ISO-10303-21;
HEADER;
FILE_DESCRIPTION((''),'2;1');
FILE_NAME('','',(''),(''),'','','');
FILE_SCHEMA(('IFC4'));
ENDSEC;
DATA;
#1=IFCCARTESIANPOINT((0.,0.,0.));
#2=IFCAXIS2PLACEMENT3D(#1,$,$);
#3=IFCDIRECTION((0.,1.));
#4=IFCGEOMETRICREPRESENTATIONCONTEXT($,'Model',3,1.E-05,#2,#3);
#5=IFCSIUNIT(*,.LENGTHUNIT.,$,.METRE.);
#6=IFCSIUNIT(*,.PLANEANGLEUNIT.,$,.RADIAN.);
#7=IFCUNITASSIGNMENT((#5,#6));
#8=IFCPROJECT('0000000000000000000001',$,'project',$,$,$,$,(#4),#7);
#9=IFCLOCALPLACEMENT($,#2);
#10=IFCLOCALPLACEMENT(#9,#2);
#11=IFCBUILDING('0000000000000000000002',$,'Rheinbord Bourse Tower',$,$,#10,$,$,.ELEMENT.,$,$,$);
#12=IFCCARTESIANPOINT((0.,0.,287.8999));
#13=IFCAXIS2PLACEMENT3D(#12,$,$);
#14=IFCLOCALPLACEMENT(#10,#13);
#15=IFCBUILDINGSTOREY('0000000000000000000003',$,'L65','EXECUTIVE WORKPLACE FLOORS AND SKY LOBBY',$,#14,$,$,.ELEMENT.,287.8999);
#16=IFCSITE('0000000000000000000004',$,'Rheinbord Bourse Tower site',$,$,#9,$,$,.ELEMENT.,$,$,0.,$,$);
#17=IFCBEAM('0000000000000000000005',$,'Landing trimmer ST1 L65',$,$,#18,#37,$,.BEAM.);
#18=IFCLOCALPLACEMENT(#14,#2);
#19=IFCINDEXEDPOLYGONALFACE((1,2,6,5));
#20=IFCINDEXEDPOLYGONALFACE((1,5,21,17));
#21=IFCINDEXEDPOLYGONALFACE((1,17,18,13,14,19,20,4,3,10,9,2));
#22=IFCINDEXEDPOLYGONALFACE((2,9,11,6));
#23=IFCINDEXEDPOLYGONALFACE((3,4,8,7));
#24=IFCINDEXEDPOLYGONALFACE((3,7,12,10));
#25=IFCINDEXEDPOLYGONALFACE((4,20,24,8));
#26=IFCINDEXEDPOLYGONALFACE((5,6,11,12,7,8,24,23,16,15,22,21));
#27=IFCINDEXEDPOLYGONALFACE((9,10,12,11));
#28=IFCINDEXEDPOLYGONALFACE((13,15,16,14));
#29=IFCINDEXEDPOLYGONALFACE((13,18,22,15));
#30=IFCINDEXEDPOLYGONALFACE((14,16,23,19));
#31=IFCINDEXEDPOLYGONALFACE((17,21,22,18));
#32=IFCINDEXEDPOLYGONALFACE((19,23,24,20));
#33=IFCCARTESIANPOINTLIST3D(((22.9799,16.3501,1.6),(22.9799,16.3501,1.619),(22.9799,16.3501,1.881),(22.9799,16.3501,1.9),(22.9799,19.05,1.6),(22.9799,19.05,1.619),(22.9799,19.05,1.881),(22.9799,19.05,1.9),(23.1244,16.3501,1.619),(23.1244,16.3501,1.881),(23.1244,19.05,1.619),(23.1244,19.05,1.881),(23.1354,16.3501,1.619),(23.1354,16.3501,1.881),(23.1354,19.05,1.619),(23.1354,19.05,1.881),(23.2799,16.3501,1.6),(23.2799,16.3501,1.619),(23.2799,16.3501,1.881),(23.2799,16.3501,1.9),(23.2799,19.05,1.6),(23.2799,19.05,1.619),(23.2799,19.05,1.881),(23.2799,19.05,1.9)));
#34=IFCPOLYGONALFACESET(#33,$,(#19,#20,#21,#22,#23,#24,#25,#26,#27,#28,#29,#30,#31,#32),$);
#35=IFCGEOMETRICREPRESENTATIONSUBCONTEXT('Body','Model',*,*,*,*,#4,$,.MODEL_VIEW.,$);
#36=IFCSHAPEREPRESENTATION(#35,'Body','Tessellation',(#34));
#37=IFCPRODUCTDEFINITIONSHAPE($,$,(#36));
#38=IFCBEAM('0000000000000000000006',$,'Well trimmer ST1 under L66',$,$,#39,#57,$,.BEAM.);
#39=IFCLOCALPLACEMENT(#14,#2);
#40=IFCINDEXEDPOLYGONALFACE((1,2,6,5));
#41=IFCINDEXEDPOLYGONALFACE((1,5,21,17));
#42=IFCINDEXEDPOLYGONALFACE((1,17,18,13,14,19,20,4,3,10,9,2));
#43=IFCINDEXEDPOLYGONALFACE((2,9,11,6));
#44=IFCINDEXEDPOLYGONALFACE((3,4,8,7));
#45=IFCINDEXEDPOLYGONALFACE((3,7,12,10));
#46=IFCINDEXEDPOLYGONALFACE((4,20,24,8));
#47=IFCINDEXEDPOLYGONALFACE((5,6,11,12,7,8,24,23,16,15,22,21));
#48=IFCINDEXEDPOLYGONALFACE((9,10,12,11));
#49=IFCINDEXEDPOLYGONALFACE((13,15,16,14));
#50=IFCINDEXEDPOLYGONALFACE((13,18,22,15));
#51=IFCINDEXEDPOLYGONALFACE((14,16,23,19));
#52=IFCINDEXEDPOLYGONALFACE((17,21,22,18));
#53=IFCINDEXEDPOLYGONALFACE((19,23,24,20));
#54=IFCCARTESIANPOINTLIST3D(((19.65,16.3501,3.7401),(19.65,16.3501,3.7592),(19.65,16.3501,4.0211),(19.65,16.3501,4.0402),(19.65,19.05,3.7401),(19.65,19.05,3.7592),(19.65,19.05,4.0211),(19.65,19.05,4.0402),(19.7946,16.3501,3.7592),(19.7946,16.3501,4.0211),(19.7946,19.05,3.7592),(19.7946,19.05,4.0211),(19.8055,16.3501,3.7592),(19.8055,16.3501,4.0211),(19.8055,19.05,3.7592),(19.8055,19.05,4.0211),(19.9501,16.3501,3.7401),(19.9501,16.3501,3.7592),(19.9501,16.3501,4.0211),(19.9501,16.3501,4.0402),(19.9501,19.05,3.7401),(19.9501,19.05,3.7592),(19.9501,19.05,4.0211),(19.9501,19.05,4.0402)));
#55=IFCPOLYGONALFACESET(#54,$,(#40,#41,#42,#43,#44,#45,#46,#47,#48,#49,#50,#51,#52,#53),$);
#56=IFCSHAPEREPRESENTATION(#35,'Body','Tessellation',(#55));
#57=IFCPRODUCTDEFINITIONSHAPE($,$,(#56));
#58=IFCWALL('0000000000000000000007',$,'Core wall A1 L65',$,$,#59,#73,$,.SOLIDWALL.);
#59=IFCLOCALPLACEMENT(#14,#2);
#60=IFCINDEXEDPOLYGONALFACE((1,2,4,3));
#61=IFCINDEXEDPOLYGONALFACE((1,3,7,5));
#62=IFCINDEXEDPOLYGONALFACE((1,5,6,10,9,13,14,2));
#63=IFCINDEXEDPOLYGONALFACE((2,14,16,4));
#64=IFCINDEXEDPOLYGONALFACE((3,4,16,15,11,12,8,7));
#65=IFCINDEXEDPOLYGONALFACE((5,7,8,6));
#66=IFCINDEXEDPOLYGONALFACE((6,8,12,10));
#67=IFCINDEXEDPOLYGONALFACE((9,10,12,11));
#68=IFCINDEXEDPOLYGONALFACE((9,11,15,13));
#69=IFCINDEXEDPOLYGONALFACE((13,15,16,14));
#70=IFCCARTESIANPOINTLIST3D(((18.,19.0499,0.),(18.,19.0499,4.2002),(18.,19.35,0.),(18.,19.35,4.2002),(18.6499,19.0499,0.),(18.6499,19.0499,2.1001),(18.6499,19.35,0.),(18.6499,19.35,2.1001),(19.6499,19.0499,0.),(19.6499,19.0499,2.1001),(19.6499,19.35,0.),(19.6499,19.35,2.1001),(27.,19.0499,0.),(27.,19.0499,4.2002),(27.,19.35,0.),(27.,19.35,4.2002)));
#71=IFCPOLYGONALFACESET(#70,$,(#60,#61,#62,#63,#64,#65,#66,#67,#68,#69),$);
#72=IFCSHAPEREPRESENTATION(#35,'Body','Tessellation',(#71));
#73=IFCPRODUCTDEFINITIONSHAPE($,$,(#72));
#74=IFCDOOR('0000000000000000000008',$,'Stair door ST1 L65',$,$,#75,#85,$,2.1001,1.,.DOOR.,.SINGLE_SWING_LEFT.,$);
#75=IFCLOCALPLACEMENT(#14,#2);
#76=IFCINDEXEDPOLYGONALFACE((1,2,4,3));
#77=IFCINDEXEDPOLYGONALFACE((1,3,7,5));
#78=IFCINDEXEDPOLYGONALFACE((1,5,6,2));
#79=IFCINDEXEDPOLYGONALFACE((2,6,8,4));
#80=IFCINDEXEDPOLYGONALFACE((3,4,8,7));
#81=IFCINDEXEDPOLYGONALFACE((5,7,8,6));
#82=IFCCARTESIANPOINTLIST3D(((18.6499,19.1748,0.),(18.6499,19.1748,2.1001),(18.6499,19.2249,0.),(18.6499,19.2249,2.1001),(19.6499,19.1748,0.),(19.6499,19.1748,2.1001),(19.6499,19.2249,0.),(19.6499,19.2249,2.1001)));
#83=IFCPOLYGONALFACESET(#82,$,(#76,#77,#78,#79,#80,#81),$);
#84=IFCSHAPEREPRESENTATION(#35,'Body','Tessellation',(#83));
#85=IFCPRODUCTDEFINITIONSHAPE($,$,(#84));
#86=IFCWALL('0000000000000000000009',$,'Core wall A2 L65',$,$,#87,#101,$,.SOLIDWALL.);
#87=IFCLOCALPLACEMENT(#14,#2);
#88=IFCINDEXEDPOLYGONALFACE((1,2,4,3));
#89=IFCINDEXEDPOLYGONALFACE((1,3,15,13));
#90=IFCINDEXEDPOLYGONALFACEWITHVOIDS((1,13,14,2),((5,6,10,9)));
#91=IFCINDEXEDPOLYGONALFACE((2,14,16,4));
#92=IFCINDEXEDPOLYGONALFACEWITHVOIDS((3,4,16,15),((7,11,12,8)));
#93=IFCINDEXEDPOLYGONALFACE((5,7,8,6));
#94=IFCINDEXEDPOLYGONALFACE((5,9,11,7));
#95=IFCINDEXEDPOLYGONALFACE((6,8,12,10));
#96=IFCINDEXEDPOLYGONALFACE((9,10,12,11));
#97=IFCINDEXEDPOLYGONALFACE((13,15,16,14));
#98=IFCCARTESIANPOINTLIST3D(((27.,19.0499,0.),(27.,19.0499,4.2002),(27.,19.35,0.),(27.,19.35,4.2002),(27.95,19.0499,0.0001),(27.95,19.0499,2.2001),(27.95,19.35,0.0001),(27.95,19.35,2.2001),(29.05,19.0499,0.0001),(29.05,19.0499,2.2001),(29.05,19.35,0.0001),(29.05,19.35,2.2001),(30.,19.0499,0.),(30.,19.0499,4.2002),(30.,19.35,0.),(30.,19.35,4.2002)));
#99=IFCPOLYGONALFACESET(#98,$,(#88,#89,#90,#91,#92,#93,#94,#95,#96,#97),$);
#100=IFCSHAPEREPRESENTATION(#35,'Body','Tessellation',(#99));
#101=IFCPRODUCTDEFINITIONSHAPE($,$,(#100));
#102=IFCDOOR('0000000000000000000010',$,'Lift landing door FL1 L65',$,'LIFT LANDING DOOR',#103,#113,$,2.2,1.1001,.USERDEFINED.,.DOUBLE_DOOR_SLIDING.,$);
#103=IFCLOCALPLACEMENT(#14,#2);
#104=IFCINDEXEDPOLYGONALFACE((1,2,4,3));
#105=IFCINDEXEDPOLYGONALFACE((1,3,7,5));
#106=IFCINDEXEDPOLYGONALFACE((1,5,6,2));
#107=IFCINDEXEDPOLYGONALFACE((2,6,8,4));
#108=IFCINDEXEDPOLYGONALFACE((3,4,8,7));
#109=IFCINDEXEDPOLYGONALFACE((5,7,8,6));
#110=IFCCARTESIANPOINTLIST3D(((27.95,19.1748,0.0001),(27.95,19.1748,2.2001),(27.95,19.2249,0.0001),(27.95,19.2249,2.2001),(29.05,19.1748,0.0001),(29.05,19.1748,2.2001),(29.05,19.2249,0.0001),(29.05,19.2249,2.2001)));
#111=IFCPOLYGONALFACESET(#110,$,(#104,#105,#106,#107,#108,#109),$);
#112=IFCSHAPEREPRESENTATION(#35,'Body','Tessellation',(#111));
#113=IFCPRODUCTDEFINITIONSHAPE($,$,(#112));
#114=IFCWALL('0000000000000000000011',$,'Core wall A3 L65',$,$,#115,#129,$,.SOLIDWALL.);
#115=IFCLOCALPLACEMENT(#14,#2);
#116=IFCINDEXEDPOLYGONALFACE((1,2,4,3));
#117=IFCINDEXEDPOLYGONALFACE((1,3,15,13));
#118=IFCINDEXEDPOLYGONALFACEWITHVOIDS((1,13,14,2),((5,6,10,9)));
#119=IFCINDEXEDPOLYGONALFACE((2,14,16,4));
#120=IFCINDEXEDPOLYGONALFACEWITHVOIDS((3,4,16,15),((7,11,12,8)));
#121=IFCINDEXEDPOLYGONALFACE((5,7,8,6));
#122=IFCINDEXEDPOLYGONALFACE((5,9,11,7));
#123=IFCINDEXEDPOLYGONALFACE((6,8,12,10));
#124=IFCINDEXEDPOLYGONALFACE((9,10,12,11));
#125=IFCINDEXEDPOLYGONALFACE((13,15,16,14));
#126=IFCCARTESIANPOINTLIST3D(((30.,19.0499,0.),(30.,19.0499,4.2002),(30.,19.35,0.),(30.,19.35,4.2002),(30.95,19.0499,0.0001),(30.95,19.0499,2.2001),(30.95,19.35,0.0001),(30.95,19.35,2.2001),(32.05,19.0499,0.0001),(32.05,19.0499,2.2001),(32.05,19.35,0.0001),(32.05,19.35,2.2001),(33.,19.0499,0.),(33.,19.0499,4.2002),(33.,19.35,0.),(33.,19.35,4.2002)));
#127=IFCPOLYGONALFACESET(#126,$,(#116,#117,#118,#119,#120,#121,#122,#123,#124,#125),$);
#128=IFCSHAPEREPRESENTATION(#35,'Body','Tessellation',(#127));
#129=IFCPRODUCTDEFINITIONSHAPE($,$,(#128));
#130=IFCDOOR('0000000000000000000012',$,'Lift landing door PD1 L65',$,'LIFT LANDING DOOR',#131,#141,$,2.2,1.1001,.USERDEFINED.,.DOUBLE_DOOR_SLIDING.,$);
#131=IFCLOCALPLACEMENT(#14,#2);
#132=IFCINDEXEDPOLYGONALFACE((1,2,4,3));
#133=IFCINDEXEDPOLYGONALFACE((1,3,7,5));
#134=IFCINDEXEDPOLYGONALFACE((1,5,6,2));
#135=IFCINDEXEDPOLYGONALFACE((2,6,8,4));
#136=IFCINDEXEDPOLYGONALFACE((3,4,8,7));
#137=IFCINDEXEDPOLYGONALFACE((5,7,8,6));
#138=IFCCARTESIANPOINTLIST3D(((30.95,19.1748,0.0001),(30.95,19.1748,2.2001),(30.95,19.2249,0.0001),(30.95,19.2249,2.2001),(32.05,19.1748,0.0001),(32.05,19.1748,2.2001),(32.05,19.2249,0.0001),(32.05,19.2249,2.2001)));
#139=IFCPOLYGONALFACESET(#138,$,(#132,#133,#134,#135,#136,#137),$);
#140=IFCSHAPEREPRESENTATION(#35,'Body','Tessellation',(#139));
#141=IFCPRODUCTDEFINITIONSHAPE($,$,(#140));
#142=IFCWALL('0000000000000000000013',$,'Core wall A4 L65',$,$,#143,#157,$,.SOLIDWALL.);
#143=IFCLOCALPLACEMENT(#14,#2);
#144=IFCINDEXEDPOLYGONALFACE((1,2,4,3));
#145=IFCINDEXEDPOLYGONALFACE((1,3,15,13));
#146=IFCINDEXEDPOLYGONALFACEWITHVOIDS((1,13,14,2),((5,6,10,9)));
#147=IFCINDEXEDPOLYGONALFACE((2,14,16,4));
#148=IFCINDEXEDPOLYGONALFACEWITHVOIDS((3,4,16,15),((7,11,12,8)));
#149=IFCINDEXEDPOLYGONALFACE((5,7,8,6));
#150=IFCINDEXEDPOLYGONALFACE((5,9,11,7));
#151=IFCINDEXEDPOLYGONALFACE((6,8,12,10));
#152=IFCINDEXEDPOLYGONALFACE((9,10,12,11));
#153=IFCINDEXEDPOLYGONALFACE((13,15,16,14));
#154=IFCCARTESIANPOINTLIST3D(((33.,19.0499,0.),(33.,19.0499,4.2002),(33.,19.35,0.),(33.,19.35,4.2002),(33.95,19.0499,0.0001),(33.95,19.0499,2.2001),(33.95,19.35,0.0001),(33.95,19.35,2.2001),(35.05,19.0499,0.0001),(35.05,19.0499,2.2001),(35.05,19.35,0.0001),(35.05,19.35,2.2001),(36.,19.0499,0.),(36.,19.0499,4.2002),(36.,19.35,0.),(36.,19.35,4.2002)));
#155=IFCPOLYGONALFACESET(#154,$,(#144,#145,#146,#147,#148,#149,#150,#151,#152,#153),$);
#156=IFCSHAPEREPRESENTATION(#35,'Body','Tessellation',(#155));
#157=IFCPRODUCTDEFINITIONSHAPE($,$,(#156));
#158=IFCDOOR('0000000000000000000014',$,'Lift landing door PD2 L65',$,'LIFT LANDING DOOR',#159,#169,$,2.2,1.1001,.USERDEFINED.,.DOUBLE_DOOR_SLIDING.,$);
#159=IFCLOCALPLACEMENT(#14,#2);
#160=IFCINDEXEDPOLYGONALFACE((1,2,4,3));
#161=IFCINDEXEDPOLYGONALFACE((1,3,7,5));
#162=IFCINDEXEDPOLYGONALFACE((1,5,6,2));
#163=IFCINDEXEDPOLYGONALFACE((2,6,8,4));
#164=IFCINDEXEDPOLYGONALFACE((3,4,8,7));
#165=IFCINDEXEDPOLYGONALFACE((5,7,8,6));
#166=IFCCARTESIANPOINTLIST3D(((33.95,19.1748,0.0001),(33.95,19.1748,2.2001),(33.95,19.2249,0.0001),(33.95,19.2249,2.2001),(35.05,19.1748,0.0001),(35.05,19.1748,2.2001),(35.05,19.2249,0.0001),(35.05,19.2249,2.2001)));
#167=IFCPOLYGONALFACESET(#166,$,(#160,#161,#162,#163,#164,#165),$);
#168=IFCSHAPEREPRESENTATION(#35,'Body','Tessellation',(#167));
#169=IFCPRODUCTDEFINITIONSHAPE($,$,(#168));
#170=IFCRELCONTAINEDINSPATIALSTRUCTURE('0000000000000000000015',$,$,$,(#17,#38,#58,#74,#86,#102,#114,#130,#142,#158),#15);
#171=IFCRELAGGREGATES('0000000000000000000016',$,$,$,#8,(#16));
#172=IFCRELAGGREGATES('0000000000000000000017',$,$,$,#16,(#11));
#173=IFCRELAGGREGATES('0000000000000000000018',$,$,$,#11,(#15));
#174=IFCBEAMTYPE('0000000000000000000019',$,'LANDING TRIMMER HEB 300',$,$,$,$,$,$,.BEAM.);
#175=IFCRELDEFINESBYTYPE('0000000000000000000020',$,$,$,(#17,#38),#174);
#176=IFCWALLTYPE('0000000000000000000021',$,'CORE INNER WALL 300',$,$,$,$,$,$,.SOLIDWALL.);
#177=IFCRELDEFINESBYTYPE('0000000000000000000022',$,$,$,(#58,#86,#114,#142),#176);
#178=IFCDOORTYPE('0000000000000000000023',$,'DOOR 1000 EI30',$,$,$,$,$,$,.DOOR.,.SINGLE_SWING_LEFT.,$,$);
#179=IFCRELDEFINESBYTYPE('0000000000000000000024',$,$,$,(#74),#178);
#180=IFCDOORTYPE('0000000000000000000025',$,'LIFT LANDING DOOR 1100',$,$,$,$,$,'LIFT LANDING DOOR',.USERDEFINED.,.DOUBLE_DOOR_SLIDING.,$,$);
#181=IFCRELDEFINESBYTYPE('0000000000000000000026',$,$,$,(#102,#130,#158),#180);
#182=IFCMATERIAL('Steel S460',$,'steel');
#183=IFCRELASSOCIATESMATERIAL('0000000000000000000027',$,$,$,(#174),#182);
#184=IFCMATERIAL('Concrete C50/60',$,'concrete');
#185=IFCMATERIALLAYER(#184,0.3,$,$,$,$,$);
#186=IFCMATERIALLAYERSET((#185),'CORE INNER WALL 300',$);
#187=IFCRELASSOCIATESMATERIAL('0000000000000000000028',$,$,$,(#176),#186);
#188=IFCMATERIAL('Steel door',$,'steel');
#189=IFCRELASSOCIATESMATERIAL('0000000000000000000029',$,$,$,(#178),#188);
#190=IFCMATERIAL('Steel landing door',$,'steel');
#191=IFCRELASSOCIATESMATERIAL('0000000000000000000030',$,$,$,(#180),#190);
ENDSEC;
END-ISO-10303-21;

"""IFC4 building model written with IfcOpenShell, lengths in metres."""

from ifc_helpers import new_model, si_unit, direction, frame, frame_2d, origin, origin_2d, place, context, subcontext, project, spatial, rectangle, i_section, extrude, material, layer, layer_set, material_profile, profile_set, type_object, element, fill, save


model = new_model("IFC4")

# Units and contexts
model_context = context("Model", 3, precision=1e-05, world=origin(), true_north=direction((0.0, 1.0)))
body_context = subcontext(model_context, "Body", "Model", "MODEL_VIEW")
ifc_project = project(units=[si_unit("LENGTHUNIT", "METRE"), si_unit("PLANEANGLEUNIT", "RADIAN")], contexts=[model_context])

# Site, building, storey
site_placement = place(None, origin())
site = spatial("IfcSite", under=ifc_project, at=site_placement, Name="Rheinbord Bourse Tower site", CompositionType="ELEMENT", RefElevation=0.0)
building_placement = place(site_placement, origin())
building = spatial("IfcBuilding", under=site, at=building_placement, Name="Rheinbord Bourse Tower", CompositionType="ELEMENT")
storey_placement = place(building_placement, frame((0.0, 0.0, 287.8999)))
storey = spatial("IfcBuildingStorey", under=building, at=storey_placement, Name="L65", Description="EXECUTIVE WORKPLACE FLOORS AND SKY LOBBY", CompositionType="ELEMENT", Elevation=287.8999)

# Beams
ifc_material_1 = material(Name="Steel S460", Category="steel")
ifc_material_profile = material_profile(ifc_material_1, i_section(OverallWidth=0.3, OverallDepth=0.3, WebThickness=0.011, FlangeThickness=0.019, at=origin_2d()), Name="HEB 300")
ifc_profile_set = profile_set([ifc_material_profile], Name="Steel S460")
beam_type = type_object("IfcBeamType", Name="LANDING TRIMMER HEB 300", PredefinedType="BEAM", material=ifc_profile_set)
for number, where, z_axis, x_axis, name in (
    (1, (23.1299, 16.3501, 1.75), (0.0, 1.0, 0.0), (-1.0, 0.0, 0.0), "Landing trimmer ST1 L65"),
    (2, (19.8, 16.3501, 3.8901), (0.0, 1.0, 0.0), (-1.0, 0.0, 0.0), "Well trimmer ST1 under L66"),
):
    element("IfcBeam", number, at=place(storey_placement, frame(where, z_axis=z_axis, x_axis=x_axis)), inside=storey, type_object=beam_type, Name=name, PredefinedType="BEAM", context=body_context, shape_type="SweptSolid", body=[
        extrude(i_section(OverallWidth=0.3, OverallDepth=0.3, WebThickness=0.011, FlangeThickness=0.019, at=origin_2d()), origin(), (0.0, 0.0, 1.0), 2.7),
    ])

# Walls, openings, doors
ifc_material_2 = material(Name="Concrete C50/60", Category="concrete")
ifc_layer_1 = layer(ifc_material_2, 0.3)
ifc_layer_set_1 = layer_set([ifc_layer_1], Name="CORE INNER WALL 300")
wall_type_1 = type_object("IfcWallType", Name="CORE INNER WALL 300", PredefinedType="SOLIDWALL", material=ifc_layer_set_1)
wall_1_placement = place(storey_placement, frame((18.0, 19.2, 0.0), z_axis=(0.0, 0.0, 1.0), x_axis=(1.0, 0.0, 0.0)))
wall_1 = element("IfcWall", 3, at=wall_1_placement, inside=storey, type_object=wall_type_1, Name="Core wall A1 L65", PredefinedType="SOLIDWALL", context=body_context, shape_type="SweptSolid", body=[
    extrude(rectangle(XDim=9.0, YDim=0.3, at=frame_2d((4.5, 0.0))), origin(), (0.0, 0.0, 1.0), 4.2002),
])
opening_1_placement = place(wall_1_placement, frame((0.6499, 0.0, 0.0)))
opening_1 = element("IfcOpeningElement", 4, at=opening_1_placement, cuts=wall_1, PredefinedType="OPENING", context=body_context, shape_type="SweptSolid", body=[
    extrude(rectangle(XDim=1.0, YDim=2.1001, at=frame_2d((0.5, 1.05))), frame((0.0, 0.1599, 0.0), z_axis=(0.0, -1.0, 0.0), x_axis=(1.0, 0.0, 0.0)), (0.0, 0.0, 1.0), 0.3201),
])
ifc_material_3 = material(Name="Steel door", Category="steel")
door_type_1 = type_object("IfcDoorType", Name="DOOR 1000 EI30", OperationType="SINGLE_SWING_LEFT", PredefinedType="DOOR", material=ifc_material_3)
door_1_placement = place(opening_1_placement, origin())
door_1 = element("IfcDoor", 5, at=door_1_placement, inside=storey, type_object=door_type_1, Name="Stair door ST1 L65", OperationType="SINGLE_SWING_LEFT", OverallHeight=2.1001, OverallWidth=1.0, PredefinedType="DOOR", context=body_context, shape_type="SweptSolid", body=[
    extrude(rectangle(XDim=1.0, YDim=2.1001, at=frame_2d((0.5, 1.05))), frame((0.0, 0.0249, 0.0), z_axis=(0.0, -1.0, 0.0), x_axis=(1.0, 0.0, 0.0)), (0.0, 0.0, 1.0), 0.05),
])
fill(opening_1, door_1)
wall_2_placement = place(storey_placement, frame((27.0, 19.2, 0.0), z_axis=(0.0, 0.0, 1.0), x_axis=(1.0, 0.0, 0.0)))
wall_2 = element("IfcWall", 6, at=wall_2_placement, inside=storey, type_object=wall_type_1, Name="Core wall A2 L65", PredefinedType="SOLIDWALL", context=body_context, shape_type="SweptSolid", body=[
    extrude(rectangle(XDim=3.0, YDim=0.3, at=frame_2d((1.5, 0.0))), origin(), (0.0, 0.0, 1.0), 4.2002),
])
opening_2_placement = place(wall_2_placement, frame((0.95, 0.0, 0.0)))
opening_2 = element("IfcOpeningElement", 7, at=opening_2_placement, cuts=wall_2, PredefinedType="OPENING", context=body_context, shape_type="SweptSolid", body=[
    extrude(rectangle(XDim=1.1001, YDim=2.2, at=frame_2d((0.55, 1.1001))), frame((0.0, 0.1599, 0.0), z_axis=(0.0, -1.0, 0.0), x_axis=(1.0, 0.0, 0.0)), (0.0, 0.0, 1.0), 0.3201),
])
ifc_material_4 = material(Name="Steel landing door", Category="steel")
door_type_2 = type_object("IfcDoorType", Name="LIFT LANDING DOOR 1100", ElementType="LIFT LANDING DOOR", OperationType="DOUBLE_DOOR_SLIDING", PredefinedType="USERDEFINED", material=ifc_material_4)
door_2_placement = place(opening_2_placement, origin())
door_2 = element("IfcDoor", 8, at=door_2_placement, inside=storey, type_object=door_type_2, Name="Lift landing door FL1 L65", ObjectType="LIFT LANDING DOOR", OperationType="DOUBLE_DOOR_SLIDING", OverallHeight=2.2, OverallWidth=1.1001, PredefinedType="USERDEFINED", context=body_context, shape_type="SweptSolid", body=[
    extrude(rectangle(XDim=1.1001, YDim=2.2, at=frame_2d((0.55, 1.1001))), frame((0.0, 0.0249, 0.0), z_axis=(0.0, -1.0, 0.0), x_axis=(1.0, 0.0, 0.0)), (0.0, 0.0, 1.0), 0.05),
])
fill(opening_2, door_2)
wall_3_placement = place(storey_placement, frame((30.0, 19.2, 0.0), z_axis=(0.0, 0.0, 1.0), x_axis=(1.0, 0.0, 0.0)))
wall_3 = element("IfcWall", 9, at=wall_3_placement, inside=storey, type_object=wall_type_1, Name="Core wall A3 L65", PredefinedType="SOLIDWALL", context=body_context, shape_type="SweptSolid", body=[
    extrude(rectangle(XDim=3.0, YDim=0.3, at=frame_2d((1.5, 0.0))), origin(), (0.0, 0.0, 1.0), 4.2002),
])
opening_3_placement = place(wall_3_placement, frame((0.95, 0.0, 0.0)))
opening_3 = element("IfcOpeningElement", 10, at=opening_3_placement, cuts=wall_3, PredefinedType="OPENING", context=body_context, shape_type="SweptSolid", body=[
    extrude(rectangle(XDim=1.1001, YDim=2.2, at=frame_2d((0.55, 1.1001))), frame((0.0, 0.1599, 0.0), z_axis=(0.0, -1.0, 0.0), x_axis=(1.0, 0.0, 0.0)), (0.0, 0.0, 1.0), 0.3201),
])
door_3_placement = place(opening_3_placement, origin())
door_3 = element("IfcDoor", 11, at=door_3_placement, inside=storey, type_object=door_type_2, Name="Lift landing door PD1 L65", ObjectType="LIFT LANDING DOOR", OperationType="DOUBLE_DOOR_SLIDING", OverallHeight=2.2, OverallWidth=1.1001, PredefinedType="USERDEFINED", context=body_context, shape_type="SweptSolid", body=[
    extrude(rectangle(XDim=1.1001, YDim=2.2, at=frame_2d((0.55, 1.1001))), frame((0.0, 0.0249, 0.0), z_axis=(0.0, -1.0, 0.0), x_axis=(1.0, 0.0, 0.0)), (0.0, 0.0, 1.0), 0.05),
])
fill(opening_3, door_3)
wall_4_placement = place(storey_placement, frame((33.0, 19.2, 0.0), z_axis=(0.0, 0.0, 1.0), x_axis=(1.0, 0.0, 0.0)))
wall_4 = element("IfcWall", 12, at=wall_4_placement, inside=storey, type_object=wall_type_1, Name="Core wall A4 L65", PredefinedType="SOLIDWALL", context=body_context, shape_type="SweptSolid", body=[
    extrude(rectangle(XDim=3.0, YDim=0.3, at=frame_2d((1.5, 0.0))), origin(), (0.0, 0.0, 1.0), 4.2002),
])
opening_4_placement = place(wall_4_placement, frame((0.95, 0.0, 0.0)))
opening_4 = element("IfcOpeningElement", 13, at=opening_4_placement, cuts=wall_4, PredefinedType="OPENING", context=body_context, shape_type="SweptSolid", body=[
    extrude(rectangle(XDim=1.1001, YDim=2.2, at=frame_2d((0.55, 1.1001))), frame((0.0, 0.1599, 0.0), z_axis=(0.0, -1.0, 0.0), x_axis=(1.0, 0.0, 0.0)), (0.0, 0.0, 1.0), 0.3201),
])
door_4_placement = place(opening_4_placement, origin())
door_4 = element("IfcDoor", 14, at=door_4_placement, inside=storey, type_object=door_type_2, Name="Lift landing door PD2 L65", ObjectType="LIFT LANDING DOOR", OperationType="DOUBLE_DOOR_SLIDING", OverallHeight=2.2, OverallWidth=1.1001, PredefinedType="USERDEFINED", context=body_context, shape_type="SweptSolid", body=[
    extrude(rectangle(XDim=1.1001, YDim=2.2, at=frame_2d((0.55, 1.1001))), frame((0.0, 0.0249, 0.0), z_axis=(0.0, -1.0, 0.0), x_axis=(1.0, 0.0, 0.0)), (0.0, 0.0, 1.0), 0.05),
])
fill(opening_4, door_4)

save(model, "model.ifc")
